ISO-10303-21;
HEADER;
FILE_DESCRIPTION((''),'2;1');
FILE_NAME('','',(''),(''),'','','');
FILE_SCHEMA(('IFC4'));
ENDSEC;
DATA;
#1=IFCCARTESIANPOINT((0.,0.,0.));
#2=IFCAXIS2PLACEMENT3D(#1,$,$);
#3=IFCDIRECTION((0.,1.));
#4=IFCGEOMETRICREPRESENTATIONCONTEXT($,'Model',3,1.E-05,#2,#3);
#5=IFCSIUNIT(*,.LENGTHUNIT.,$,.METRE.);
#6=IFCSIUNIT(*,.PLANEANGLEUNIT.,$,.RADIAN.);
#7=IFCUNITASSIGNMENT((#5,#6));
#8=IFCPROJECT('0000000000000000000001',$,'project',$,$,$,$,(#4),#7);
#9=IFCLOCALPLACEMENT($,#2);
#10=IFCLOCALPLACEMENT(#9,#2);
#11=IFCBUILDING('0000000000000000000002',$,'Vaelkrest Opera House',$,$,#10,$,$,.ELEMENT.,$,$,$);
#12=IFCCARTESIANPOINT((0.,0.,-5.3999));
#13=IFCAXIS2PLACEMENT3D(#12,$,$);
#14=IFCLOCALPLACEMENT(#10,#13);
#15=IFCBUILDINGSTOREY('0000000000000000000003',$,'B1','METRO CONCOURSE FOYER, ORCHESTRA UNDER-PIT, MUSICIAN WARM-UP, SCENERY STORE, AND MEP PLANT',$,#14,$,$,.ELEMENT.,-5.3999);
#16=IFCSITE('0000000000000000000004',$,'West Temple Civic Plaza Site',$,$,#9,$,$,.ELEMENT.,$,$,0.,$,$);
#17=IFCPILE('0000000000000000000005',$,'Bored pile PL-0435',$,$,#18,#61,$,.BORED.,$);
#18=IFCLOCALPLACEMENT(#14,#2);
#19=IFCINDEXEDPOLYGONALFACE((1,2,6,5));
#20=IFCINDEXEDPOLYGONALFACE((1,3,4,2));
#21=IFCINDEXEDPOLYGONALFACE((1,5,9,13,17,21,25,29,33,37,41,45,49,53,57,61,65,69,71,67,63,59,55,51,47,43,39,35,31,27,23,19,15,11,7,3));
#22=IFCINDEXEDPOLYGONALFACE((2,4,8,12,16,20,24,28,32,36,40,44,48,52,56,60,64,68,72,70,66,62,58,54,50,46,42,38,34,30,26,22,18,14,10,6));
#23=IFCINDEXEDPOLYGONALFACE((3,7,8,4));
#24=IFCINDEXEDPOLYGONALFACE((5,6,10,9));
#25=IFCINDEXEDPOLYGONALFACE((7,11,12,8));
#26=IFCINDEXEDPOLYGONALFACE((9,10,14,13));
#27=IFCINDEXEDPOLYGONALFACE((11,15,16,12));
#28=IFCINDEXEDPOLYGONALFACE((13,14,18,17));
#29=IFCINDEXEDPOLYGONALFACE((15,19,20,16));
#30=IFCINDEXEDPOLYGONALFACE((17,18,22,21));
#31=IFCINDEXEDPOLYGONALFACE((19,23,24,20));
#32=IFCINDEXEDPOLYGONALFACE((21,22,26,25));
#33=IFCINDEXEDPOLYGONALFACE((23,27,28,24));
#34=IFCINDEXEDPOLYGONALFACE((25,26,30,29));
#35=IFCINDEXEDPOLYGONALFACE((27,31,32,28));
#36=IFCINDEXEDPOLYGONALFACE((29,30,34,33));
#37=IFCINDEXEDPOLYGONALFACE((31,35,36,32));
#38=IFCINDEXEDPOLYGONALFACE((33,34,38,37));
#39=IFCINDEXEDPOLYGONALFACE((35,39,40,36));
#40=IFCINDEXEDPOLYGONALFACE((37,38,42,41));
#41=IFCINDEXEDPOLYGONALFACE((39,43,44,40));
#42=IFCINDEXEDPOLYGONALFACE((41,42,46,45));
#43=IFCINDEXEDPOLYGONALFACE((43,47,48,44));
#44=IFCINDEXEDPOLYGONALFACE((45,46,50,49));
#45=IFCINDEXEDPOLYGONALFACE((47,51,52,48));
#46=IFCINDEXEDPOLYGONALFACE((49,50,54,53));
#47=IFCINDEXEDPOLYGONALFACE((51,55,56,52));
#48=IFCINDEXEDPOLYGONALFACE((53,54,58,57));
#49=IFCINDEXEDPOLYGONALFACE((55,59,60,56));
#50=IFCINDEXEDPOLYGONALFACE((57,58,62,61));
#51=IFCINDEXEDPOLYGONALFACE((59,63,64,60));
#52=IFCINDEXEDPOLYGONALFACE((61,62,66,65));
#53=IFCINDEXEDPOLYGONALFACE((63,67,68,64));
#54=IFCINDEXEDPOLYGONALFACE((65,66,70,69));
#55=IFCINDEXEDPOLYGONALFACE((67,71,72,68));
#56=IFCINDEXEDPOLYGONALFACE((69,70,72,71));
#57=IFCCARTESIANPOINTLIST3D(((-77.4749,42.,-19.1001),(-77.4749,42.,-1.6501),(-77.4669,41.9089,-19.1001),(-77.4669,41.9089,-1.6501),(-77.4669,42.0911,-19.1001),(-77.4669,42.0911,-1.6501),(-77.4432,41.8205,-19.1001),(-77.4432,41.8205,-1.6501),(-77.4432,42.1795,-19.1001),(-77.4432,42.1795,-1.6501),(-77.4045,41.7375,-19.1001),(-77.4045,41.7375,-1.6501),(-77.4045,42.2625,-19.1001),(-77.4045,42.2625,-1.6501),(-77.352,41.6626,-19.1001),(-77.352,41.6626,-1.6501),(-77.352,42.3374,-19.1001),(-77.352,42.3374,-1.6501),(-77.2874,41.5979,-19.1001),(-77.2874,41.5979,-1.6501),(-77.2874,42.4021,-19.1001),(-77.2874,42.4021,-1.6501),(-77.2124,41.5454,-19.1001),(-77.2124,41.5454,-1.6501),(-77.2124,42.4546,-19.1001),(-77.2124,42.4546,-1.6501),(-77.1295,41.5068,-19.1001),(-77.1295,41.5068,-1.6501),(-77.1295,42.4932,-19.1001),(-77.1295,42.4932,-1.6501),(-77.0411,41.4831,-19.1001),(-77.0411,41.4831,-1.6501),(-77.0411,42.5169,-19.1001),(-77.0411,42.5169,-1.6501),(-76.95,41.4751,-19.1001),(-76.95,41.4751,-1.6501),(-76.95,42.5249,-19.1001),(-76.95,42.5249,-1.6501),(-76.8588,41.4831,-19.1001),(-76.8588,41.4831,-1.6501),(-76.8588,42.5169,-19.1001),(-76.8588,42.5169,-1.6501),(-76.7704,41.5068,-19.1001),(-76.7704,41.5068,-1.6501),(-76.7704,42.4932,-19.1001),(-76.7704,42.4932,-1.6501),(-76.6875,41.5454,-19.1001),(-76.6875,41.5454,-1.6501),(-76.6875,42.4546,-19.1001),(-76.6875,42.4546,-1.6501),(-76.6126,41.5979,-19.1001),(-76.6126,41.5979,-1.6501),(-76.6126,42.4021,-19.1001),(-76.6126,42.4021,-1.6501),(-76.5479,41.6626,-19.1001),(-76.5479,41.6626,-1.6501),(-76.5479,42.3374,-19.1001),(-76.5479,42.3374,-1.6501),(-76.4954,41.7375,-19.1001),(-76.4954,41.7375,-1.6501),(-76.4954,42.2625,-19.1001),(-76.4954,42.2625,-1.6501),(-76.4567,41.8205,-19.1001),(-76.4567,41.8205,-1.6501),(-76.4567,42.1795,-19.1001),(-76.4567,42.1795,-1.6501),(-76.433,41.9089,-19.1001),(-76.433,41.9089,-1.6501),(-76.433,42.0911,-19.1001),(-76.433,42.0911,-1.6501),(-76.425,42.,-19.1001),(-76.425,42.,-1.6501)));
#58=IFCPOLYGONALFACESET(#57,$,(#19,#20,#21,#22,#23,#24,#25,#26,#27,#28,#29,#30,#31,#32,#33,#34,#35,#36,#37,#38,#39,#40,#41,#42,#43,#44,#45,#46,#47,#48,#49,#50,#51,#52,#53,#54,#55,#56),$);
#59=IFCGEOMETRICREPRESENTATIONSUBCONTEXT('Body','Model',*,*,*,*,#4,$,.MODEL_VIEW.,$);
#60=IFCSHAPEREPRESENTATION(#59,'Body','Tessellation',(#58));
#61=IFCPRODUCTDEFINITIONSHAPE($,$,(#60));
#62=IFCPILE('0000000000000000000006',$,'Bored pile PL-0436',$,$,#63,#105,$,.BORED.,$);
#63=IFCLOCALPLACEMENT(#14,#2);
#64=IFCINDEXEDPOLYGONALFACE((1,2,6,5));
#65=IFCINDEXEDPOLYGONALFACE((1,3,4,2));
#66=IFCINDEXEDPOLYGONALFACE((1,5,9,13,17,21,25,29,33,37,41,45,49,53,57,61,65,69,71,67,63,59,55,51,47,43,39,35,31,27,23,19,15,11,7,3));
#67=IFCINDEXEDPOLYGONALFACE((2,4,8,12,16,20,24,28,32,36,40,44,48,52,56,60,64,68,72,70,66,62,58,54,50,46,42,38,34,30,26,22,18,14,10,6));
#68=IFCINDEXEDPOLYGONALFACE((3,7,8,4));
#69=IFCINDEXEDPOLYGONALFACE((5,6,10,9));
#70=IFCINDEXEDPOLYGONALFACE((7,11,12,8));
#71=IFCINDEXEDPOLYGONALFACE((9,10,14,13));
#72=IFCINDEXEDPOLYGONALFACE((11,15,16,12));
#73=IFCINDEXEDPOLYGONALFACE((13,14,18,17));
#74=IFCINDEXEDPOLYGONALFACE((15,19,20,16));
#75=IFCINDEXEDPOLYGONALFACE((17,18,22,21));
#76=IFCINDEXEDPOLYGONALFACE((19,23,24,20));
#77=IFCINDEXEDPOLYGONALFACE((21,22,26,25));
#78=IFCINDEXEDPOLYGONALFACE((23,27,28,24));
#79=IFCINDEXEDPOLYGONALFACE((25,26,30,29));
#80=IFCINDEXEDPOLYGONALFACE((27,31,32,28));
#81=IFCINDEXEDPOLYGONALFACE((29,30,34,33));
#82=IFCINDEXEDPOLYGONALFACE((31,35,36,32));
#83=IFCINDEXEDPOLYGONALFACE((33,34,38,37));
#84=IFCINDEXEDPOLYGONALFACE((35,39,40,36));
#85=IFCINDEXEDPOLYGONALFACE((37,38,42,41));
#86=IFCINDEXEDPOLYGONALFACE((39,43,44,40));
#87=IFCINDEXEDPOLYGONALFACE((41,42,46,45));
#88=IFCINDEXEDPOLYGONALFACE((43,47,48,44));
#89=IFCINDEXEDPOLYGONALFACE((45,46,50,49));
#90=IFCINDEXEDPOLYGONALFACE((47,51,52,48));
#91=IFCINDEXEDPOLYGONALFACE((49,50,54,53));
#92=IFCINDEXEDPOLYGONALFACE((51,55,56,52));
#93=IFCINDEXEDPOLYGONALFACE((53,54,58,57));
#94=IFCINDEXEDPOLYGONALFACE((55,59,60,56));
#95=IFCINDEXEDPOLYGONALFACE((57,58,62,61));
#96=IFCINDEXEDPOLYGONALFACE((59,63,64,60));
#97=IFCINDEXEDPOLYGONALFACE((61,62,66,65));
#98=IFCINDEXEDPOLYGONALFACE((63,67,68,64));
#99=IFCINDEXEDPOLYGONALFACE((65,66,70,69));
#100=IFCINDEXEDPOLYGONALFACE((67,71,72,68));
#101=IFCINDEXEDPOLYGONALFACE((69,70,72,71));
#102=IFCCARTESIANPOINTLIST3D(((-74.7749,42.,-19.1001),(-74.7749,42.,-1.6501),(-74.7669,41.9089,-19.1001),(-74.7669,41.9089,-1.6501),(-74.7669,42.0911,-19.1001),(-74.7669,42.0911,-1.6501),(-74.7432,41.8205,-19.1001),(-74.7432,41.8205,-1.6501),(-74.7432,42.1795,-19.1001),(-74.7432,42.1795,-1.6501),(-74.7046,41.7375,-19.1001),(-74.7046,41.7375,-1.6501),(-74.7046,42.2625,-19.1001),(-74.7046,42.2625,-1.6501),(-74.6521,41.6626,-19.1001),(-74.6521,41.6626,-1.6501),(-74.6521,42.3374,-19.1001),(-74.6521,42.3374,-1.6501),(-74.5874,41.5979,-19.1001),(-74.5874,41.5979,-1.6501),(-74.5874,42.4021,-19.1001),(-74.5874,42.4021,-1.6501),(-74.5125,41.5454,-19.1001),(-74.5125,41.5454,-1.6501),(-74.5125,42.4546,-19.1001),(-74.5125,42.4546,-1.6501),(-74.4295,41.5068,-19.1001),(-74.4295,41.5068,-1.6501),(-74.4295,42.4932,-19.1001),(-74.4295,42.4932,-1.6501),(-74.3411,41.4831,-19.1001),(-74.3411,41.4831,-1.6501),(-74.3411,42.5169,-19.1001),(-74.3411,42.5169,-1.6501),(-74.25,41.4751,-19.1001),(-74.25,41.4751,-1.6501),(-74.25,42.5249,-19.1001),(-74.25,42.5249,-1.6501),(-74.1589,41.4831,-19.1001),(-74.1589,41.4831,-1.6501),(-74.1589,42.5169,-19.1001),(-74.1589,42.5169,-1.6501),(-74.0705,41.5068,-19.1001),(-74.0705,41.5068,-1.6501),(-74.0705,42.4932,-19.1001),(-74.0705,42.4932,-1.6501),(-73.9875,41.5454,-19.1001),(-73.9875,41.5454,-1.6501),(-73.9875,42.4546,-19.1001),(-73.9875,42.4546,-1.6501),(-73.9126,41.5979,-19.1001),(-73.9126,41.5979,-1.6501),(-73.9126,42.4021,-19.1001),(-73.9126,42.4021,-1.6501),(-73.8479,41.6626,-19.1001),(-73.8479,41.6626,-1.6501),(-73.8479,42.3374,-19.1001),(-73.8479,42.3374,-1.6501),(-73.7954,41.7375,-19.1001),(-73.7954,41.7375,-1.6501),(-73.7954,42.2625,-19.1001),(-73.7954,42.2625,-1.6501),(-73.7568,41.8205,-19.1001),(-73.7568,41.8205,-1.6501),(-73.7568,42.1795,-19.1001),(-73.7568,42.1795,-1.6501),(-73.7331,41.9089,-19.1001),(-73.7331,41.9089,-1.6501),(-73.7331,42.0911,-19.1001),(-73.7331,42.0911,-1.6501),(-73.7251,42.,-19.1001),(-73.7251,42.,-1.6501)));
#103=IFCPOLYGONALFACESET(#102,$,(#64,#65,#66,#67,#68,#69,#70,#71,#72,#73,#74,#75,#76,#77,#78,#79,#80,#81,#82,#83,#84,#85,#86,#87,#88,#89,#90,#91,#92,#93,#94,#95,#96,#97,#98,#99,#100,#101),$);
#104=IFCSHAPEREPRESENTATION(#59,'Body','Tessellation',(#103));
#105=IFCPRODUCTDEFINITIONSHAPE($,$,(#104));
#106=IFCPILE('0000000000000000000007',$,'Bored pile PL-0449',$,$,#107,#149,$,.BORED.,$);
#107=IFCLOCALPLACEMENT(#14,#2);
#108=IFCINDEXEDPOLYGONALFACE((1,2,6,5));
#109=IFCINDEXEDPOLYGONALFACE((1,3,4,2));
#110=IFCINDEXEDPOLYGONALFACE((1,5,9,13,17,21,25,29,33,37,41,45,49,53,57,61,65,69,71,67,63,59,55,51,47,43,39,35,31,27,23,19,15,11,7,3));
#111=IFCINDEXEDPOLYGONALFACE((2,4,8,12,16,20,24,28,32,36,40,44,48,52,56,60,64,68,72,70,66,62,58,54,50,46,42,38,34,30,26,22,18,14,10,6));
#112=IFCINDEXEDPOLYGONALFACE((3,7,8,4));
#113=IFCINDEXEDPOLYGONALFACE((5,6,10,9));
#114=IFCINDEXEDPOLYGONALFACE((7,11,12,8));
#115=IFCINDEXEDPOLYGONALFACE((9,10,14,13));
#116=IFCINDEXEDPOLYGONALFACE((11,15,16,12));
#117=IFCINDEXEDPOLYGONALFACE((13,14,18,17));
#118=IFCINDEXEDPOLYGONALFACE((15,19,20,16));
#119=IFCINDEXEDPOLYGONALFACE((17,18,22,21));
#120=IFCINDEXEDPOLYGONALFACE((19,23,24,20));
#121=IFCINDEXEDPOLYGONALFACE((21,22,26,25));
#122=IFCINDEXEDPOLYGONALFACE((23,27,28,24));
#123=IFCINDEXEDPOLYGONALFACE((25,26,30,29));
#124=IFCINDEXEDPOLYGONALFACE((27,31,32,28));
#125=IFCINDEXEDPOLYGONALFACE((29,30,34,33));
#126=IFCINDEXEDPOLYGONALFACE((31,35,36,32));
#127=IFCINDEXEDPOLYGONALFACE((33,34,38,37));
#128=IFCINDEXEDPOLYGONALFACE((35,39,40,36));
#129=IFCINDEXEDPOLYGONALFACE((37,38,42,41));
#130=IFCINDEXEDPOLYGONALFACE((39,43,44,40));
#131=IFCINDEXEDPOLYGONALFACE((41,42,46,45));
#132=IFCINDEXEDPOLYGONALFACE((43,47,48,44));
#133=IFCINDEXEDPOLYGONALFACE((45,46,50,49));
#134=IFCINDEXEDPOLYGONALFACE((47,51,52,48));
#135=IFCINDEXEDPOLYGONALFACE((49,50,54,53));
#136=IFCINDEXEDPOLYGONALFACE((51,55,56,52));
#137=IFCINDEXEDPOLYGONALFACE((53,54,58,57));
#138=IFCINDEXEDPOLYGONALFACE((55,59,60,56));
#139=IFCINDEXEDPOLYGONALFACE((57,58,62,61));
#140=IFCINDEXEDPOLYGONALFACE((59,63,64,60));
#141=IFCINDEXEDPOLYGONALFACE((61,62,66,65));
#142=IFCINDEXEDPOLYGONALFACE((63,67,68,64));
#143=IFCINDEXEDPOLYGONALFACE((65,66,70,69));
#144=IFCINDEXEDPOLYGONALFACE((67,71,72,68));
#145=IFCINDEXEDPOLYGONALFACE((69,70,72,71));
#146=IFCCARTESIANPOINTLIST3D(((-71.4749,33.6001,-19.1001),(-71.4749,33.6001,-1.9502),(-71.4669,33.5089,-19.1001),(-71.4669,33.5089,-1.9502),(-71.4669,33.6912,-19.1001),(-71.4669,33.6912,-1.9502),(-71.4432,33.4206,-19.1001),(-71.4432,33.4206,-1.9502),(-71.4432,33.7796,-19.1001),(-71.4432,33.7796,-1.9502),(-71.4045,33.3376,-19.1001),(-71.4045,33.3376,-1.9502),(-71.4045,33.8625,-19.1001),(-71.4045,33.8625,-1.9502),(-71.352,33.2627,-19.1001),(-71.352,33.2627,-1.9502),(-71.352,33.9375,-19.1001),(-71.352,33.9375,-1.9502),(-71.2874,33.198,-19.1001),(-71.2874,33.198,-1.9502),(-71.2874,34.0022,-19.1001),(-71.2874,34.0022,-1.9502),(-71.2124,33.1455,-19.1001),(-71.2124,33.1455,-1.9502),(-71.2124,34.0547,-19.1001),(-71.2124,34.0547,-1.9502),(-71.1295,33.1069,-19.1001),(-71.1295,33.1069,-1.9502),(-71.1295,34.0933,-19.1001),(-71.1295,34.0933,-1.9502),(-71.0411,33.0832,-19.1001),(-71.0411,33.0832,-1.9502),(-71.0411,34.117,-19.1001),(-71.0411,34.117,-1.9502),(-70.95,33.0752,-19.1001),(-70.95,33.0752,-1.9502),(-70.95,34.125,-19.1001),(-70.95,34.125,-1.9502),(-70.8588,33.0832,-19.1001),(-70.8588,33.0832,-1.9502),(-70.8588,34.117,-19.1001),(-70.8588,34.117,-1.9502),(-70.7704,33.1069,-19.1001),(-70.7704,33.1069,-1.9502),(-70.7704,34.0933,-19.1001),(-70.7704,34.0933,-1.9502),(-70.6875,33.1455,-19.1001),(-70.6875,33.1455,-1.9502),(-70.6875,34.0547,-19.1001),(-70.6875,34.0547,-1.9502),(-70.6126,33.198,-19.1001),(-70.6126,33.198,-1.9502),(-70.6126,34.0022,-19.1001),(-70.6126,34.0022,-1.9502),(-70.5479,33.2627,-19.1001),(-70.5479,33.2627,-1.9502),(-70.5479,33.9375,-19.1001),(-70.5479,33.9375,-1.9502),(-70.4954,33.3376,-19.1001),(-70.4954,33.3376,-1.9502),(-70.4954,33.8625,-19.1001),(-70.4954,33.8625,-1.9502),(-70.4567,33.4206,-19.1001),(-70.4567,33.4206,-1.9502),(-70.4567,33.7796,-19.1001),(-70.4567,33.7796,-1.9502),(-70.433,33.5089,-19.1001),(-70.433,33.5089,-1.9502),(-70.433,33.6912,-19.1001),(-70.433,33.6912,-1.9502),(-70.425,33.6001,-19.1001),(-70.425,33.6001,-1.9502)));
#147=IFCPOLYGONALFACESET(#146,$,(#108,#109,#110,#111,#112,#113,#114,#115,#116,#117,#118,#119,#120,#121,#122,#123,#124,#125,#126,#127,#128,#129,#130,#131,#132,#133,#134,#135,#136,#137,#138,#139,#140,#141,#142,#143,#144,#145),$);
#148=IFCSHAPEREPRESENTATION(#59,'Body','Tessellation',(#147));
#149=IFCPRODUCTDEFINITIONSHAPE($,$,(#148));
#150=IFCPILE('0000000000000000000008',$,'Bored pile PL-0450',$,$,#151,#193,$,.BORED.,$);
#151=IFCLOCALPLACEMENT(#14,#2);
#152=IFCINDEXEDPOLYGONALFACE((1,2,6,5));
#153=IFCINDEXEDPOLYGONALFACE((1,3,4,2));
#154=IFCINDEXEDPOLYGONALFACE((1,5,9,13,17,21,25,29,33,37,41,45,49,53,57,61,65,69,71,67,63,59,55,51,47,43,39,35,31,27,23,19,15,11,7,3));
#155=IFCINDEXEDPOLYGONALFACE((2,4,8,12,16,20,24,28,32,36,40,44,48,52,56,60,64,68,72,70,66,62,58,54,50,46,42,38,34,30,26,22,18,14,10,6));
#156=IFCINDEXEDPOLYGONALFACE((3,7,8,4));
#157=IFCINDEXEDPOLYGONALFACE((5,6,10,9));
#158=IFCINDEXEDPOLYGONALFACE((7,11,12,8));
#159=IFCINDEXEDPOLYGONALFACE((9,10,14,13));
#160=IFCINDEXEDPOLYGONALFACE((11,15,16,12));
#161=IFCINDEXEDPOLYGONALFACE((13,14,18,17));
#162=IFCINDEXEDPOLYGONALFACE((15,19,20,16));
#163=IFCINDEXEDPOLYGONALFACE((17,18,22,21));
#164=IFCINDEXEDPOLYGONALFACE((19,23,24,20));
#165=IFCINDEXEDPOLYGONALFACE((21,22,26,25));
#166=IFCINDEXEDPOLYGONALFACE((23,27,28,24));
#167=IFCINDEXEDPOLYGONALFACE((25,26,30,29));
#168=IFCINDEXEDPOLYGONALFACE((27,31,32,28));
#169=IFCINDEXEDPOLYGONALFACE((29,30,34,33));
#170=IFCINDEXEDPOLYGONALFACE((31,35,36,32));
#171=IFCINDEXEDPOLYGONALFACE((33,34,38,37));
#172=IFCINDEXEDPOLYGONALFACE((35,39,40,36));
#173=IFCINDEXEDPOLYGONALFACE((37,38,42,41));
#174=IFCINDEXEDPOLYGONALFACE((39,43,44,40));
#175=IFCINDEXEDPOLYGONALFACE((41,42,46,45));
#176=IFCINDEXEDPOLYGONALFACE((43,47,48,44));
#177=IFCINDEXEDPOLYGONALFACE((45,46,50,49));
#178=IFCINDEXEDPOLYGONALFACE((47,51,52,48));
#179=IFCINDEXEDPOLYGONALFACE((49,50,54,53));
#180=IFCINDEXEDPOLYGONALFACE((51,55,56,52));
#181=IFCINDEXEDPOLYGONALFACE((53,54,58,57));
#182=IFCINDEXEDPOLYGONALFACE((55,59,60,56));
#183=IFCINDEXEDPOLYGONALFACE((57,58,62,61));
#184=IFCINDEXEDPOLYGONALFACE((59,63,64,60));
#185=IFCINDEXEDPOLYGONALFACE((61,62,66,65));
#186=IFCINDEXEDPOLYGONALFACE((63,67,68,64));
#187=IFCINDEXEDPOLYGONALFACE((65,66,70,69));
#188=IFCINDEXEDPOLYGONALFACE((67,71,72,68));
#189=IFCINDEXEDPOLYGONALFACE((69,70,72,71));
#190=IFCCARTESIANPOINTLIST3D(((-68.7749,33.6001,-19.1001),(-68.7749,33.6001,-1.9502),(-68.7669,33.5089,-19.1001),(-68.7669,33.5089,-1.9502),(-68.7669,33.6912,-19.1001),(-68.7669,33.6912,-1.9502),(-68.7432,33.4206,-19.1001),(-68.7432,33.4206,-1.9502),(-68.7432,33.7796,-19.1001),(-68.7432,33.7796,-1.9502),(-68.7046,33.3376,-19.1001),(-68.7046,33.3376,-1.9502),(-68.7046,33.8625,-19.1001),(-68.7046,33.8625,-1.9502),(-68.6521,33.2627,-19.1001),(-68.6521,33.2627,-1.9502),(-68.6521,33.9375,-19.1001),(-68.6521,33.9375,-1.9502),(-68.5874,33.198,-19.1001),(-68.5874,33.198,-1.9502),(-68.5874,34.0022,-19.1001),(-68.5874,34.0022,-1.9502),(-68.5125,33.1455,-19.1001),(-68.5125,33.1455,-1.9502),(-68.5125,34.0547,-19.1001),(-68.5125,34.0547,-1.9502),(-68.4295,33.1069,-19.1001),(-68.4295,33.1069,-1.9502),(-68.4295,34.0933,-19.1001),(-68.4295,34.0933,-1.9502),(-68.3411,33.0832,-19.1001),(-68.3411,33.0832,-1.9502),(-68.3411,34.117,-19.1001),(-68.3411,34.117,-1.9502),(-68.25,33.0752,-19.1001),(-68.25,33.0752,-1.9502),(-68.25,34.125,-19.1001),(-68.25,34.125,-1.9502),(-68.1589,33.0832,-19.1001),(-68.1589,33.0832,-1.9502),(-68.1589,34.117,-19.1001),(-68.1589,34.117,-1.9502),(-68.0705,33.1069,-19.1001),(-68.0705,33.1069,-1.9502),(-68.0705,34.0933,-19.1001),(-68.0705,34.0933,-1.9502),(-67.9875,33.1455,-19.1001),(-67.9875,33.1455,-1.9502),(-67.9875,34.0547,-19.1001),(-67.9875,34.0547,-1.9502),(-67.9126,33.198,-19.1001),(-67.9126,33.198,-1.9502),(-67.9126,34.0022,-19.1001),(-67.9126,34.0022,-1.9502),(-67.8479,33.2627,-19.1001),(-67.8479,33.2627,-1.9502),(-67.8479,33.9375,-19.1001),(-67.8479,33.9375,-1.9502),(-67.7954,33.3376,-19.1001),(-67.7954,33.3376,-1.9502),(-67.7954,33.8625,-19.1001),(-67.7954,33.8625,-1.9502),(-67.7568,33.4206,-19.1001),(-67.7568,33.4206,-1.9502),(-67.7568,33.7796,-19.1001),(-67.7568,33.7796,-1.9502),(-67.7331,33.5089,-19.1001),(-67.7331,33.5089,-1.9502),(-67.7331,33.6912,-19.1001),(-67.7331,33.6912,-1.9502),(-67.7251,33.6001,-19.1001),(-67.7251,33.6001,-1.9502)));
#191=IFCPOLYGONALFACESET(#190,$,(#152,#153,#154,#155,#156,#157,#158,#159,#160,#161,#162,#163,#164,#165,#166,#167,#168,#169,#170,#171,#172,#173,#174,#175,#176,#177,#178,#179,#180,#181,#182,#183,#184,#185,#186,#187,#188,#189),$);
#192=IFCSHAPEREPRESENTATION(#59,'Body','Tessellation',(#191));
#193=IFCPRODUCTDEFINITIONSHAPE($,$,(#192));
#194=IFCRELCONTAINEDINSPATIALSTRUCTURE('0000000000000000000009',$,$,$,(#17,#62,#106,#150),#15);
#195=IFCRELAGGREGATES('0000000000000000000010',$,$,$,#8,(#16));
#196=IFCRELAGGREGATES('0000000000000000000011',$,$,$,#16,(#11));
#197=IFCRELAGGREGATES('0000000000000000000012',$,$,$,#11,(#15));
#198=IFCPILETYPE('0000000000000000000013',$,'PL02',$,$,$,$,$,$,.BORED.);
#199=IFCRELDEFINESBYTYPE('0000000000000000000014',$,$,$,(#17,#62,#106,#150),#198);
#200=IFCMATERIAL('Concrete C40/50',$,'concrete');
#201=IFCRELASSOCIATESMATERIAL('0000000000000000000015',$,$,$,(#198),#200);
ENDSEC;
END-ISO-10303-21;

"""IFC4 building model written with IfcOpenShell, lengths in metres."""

from ifc_helpers import new_model, si_unit, direction, frame, origin, origin_2d, place, context, subcontext, project, spatial, circle, extrude, material, material_profile, profile_set, type_object, element, save


model = new_model("IFC4")

# Units and contexts
model_context = context("Model", 3, precision=1e-05, world=origin(), true_north=direction((0.0, 1.0)))
body_context = subcontext(model_context, "Body", "Model", "MODEL_VIEW")
ifc_project = project(units=[si_unit("LENGTHUNIT", "METRE"), si_unit("PLANEANGLEUNIT", "RADIAN")], contexts=[model_context])

# Site, building, storey
site_placement = place(None, origin())
site = spatial("IfcSite", under=ifc_project, at=site_placement, Name="West Temple Civic Plaza Site", CompositionType="ELEMENT", RefElevation=0.0)
building_placement = place(site_placement, origin())
building = spatial("IfcBuilding", under=site, at=building_placement, Name="Vaelkrest Opera House", CompositionType="ELEMENT")
storey_placement = place(building_placement, frame((0.0, 0.0, -5.3999)))
storey = spatial("IfcBuildingStorey", under=building, at=storey_placement, Name="B1", Description="METRO CONCOURSE FOYER, ORCHESTRA UNDER-PIT, MUSICIAN WARM-UP, SCENERY STORE, AND MEP PLANT", CompositionType="ELEMENT", Elevation=-5.3999)

# Shared definitions
ifc_material_1 = material(Name="Concrete C40/50", Category="concrete")

# Piles
ifc_material_profile_1 = material_profile(ifc_material_1, circle(Radius=0.5249, at=origin_2d()), Name="PILE1050")
ifc_profile_set_1 = profile_set([ifc_material_profile_1], Name="Concrete C40/50")
pile_type = type_object("IfcPileType", Name="PL02", PredefinedType="BORED", material=ifc_profile_set_1)
for number, where, z_axis, x_axis, name in (
    (1, (-76.95, 42.0, -1.6501), (0.0, 0.0, -1.0), (1.0, 0.0, 0.0), "Bored pile PL-0435"),
    (2, (-74.25, 42.0, -1.6501), (0.0, 0.0, -1.0), (1.0, 0.0, 0.0), "Bored pile PL-0436"),
):
    element("IfcPile", number, at=place(storey_placement, frame(where, z_axis=z_axis, x_axis=x_axis)), inside=storey, type_object=pile_type, Name=name, PredefinedType="BORED", context=body_context, shape_type="SweptSolid", body=[
        extrude(circle(Radius=0.5249, at=origin_2d()), origin(), (0.0, 0.0, 1.0), 17.45),
    ])
for number, where, z_axis, x_axis, name in (
    (3, (-70.95, 33.6001, -1.9502), (0.0, 0.0, -1.0), (1.0, 0.0, 0.0), "Bored pile PL-0449"),
    (4, (-68.25, 33.6001, -1.9502), (0.0, 0.0, -1.0), (1.0, 0.0, 0.0), "Bored pile PL-0450"),
):
    element("IfcPile", number, at=place(storey_placement, frame(where, z_axis=z_axis, x_axis=x_axis)), inside=storey, type_object=pile_type, Name=name, PredefinedType="BORED", context=body_context, shape_type="SweptSolid", body=[
        extrude(circle(Radius=0.5249, at=origin_2d()), origin(), (0.0, 0.0, 1.0), 17.1499),
    ])

save(model, "model.ifc")
